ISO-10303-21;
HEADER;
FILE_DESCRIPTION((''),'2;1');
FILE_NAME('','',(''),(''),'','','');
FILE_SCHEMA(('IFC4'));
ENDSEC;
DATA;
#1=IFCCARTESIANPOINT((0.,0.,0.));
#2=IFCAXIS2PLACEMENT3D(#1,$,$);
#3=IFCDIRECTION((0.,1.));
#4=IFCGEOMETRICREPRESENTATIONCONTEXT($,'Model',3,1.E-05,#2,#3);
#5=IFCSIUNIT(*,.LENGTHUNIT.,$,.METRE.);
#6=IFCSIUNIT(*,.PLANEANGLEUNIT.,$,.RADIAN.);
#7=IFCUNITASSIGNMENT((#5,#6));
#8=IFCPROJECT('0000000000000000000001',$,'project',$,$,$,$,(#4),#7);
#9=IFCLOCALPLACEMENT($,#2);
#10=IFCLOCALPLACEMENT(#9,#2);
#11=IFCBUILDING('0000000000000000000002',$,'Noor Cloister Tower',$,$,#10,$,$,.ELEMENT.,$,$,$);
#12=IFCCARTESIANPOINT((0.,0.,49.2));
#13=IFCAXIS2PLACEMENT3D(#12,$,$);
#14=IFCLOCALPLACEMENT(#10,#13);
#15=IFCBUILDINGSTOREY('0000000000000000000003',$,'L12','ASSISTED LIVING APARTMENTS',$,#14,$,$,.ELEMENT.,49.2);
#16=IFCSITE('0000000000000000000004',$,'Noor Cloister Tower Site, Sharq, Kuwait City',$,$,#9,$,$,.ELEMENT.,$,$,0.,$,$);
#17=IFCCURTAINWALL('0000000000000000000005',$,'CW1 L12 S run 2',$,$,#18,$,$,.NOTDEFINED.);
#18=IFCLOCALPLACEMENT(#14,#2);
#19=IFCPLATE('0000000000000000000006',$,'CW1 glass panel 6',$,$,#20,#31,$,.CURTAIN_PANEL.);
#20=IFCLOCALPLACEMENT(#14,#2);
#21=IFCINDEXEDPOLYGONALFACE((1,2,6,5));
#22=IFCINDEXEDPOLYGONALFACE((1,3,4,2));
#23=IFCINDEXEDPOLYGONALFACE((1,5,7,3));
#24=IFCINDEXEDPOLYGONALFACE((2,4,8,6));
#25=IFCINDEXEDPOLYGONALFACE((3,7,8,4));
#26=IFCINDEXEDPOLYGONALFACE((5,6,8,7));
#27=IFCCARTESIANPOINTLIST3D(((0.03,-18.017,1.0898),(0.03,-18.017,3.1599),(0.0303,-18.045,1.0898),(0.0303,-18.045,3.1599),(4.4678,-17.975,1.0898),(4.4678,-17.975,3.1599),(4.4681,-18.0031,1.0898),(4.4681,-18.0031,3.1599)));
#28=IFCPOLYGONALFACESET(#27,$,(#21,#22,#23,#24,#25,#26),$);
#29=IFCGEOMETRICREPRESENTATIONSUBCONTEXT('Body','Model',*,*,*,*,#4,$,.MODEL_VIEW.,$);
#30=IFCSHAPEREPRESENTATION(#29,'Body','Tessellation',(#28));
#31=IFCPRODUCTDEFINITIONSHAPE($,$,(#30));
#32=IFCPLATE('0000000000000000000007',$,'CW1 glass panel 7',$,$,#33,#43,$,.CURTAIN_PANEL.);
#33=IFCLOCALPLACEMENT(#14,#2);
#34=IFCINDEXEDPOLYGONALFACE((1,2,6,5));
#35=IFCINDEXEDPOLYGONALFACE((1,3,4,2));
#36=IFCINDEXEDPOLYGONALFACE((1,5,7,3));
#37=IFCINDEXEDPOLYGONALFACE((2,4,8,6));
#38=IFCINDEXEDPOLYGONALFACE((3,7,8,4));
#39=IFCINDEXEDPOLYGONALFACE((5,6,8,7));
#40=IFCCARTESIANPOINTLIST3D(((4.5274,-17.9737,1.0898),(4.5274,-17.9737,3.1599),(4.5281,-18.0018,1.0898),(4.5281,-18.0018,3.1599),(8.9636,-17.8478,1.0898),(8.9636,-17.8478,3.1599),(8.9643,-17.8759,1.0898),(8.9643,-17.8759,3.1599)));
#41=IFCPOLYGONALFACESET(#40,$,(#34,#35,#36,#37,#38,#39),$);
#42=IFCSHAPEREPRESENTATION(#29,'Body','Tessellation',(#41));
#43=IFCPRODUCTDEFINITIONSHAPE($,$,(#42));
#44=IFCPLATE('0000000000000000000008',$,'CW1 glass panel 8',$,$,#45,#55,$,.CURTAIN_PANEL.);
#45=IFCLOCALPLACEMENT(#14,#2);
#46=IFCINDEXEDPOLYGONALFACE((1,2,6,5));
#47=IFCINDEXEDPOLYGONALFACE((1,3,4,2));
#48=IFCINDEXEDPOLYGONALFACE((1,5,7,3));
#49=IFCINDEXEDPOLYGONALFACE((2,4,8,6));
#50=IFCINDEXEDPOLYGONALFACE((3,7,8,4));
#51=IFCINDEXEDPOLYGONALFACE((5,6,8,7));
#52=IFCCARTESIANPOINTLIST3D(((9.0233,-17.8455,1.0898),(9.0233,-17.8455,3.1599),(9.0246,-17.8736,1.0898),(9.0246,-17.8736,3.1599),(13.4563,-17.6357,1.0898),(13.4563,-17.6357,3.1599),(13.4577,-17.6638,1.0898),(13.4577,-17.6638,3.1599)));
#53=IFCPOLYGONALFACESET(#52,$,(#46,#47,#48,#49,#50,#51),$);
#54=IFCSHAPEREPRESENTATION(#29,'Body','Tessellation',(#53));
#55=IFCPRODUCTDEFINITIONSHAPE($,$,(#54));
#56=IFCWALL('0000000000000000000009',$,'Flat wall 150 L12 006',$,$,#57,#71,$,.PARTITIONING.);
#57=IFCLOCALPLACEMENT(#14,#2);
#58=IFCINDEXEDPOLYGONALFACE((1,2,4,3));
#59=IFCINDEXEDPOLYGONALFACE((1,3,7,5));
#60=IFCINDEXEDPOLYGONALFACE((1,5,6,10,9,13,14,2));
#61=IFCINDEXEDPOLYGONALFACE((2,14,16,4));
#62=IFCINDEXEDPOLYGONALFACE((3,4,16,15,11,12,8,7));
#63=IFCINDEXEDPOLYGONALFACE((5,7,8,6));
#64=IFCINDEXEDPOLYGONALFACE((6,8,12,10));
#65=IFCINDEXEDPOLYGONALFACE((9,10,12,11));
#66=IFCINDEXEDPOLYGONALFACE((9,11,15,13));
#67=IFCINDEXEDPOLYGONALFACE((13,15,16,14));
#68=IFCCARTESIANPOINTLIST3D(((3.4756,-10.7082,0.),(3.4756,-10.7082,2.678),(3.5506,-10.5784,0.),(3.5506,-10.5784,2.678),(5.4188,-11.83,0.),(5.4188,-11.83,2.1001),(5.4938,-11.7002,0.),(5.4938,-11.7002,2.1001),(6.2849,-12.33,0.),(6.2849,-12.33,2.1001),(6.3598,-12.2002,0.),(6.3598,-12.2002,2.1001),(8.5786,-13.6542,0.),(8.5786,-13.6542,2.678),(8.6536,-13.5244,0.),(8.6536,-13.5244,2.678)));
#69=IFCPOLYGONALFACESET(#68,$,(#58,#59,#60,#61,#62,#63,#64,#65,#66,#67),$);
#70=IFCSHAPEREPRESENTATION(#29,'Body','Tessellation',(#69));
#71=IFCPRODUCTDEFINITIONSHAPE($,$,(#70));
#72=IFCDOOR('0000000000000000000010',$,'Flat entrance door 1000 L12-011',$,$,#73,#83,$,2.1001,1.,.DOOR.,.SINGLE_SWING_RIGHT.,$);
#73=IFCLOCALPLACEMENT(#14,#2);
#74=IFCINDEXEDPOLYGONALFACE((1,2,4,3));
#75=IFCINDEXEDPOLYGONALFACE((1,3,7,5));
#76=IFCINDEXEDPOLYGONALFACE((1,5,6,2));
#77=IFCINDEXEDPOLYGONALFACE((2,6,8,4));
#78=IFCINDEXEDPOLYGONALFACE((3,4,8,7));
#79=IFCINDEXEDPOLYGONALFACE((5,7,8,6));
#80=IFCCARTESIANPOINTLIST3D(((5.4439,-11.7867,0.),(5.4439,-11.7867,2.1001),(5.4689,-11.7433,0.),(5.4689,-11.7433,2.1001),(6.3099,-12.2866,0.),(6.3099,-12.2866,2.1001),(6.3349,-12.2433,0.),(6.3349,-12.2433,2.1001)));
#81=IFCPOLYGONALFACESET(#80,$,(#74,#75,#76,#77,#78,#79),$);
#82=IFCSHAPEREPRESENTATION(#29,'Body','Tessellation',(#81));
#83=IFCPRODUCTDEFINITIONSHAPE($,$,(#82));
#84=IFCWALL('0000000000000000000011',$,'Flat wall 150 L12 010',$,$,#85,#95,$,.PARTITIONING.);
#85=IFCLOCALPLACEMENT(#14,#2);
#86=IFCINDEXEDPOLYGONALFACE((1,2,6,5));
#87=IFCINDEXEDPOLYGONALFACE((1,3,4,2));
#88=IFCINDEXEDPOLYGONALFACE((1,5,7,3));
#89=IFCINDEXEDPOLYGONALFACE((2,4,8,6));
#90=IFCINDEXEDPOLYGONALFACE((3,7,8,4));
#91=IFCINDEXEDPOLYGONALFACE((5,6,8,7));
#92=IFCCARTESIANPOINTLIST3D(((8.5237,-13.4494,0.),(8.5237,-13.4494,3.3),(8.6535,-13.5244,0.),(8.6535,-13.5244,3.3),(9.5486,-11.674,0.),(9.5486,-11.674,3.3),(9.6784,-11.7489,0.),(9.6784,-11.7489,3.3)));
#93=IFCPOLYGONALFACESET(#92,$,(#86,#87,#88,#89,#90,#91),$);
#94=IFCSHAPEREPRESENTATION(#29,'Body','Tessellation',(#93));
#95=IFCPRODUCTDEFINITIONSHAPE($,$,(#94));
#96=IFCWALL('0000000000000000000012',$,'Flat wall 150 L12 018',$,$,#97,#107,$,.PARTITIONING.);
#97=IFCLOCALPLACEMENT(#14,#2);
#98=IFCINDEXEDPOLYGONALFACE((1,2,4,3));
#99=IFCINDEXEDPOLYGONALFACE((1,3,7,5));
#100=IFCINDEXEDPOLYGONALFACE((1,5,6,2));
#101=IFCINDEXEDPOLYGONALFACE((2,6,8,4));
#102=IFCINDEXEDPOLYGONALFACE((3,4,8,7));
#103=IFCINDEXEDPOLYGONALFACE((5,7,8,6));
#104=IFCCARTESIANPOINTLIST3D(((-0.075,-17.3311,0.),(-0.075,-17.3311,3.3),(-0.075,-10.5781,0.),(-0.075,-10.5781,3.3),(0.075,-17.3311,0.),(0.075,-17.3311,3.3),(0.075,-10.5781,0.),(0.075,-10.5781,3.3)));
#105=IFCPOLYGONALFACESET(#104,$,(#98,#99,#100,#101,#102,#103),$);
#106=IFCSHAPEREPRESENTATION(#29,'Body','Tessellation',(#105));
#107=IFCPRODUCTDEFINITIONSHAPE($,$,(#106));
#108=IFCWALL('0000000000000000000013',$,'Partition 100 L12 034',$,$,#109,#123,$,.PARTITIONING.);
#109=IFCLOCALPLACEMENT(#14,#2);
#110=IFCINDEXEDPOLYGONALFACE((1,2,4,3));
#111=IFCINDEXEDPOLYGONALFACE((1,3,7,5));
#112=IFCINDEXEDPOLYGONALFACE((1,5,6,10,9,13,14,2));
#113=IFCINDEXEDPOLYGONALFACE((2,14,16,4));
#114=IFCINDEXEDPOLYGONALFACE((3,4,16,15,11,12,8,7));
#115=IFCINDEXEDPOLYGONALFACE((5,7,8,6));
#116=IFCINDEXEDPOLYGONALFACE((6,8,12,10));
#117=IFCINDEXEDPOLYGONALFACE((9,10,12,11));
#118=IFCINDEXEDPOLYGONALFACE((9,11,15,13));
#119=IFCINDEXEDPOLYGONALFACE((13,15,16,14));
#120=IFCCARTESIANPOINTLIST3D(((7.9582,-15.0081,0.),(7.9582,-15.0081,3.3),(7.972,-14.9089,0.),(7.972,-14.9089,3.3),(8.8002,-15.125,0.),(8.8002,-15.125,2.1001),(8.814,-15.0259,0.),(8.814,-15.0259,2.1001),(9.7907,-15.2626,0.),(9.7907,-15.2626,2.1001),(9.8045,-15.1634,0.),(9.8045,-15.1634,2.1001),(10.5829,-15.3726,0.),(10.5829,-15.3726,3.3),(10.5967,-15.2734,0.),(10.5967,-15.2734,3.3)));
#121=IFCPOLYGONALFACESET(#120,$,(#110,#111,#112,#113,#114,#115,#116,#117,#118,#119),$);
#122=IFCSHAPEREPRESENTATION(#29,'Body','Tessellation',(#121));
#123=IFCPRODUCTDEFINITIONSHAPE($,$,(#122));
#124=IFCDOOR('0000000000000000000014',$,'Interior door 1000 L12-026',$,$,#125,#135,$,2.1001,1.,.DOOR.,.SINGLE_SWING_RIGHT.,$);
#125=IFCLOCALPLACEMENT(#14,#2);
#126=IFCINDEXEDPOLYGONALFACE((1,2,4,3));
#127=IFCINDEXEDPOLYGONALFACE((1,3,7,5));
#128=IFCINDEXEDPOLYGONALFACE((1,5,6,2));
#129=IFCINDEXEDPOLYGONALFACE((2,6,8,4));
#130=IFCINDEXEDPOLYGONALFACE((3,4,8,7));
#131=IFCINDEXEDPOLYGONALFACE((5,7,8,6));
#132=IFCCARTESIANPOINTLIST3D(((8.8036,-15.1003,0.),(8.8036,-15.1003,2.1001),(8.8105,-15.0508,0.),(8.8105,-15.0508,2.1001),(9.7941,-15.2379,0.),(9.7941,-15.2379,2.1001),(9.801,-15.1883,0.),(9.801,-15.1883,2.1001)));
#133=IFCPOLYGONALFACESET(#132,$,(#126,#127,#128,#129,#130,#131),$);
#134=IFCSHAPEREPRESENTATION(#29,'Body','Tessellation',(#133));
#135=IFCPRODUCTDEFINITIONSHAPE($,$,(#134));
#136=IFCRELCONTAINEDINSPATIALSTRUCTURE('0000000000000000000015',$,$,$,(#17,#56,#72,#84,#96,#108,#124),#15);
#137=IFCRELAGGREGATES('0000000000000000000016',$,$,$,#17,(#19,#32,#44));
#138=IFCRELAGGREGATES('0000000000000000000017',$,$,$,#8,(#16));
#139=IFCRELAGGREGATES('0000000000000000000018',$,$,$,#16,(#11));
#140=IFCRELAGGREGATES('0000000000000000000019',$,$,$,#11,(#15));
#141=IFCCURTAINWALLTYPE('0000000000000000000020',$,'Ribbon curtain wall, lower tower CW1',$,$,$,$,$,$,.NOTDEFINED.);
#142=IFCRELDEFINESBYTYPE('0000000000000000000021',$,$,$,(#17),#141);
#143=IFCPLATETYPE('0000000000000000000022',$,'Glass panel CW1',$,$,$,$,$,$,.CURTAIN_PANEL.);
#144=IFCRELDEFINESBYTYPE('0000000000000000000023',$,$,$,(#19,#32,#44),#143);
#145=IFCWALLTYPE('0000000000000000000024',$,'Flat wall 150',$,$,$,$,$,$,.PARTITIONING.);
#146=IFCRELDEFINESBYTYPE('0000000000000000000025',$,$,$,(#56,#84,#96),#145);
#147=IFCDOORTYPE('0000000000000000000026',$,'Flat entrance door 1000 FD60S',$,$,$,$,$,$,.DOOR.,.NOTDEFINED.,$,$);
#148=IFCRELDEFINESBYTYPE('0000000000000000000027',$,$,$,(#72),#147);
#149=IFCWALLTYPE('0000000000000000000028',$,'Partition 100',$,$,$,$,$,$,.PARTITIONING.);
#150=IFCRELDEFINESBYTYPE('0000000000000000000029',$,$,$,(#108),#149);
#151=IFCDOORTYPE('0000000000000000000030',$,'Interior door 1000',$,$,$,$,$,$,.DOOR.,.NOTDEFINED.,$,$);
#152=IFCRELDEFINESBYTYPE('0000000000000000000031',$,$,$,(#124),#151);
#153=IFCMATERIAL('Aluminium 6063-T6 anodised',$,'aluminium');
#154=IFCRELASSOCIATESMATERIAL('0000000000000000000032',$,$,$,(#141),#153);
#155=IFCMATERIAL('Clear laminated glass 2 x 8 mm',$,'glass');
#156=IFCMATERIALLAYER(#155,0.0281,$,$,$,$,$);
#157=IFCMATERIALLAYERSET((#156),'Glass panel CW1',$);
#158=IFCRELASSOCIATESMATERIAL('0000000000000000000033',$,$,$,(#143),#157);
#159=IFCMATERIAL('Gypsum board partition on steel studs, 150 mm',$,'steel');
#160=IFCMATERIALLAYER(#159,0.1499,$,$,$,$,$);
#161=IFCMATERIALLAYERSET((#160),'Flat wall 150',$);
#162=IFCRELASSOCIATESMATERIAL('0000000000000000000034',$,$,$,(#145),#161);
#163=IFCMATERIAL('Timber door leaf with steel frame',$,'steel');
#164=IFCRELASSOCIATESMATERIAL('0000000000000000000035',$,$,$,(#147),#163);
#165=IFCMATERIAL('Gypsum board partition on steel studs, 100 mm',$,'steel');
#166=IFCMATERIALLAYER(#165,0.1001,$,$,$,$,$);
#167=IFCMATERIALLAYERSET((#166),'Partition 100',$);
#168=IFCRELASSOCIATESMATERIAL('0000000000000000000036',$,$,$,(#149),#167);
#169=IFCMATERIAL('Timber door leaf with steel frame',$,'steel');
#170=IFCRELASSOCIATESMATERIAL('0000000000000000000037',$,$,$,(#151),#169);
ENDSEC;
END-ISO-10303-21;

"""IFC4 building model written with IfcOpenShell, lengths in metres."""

from ifc_helpers import new_model, si_unit, direction, frame, frame_2d, origin, origin_2d, place, context, subcontext, project, spatial, rectangle, extrude, material, layer, layer_set, type_object, element, fill, aggregate, save


model = new_model("IFC4")

# Units and contexts
model_context = context("Model", 3, precision=1e-05, world=origin(), true_north=direction((0.0, 1.0)))
body_context = subcontext(model_context, "Body", "Model", "MODEL_VIEW")
ifc_project = project(units=[si_unit("LENGTHUNIT", "METRE"), si_unit("PLANEANGLEUNIT", "RADIAN")], contexts=[model_context])

# Site, building, storey
site_placement = place(None, origin())
site = spatial("IfcSite", under=ifc_project, at=site_placement, Name="Noor Cloister Tower Site, Sharq, Kuwait City", CompositionType="ELEMENT", RefElevation=0.0)
building_placement = place(site_placement, origin())
building = spatial("IfcBuilding", under=site, at=building_placement, Name="Noor Cloister Tower", CompositionType="ELEMENT")
storey_placement = place(building_placement, frame((0.0, 0.0, 49.2)))
storey = spatial("IfcBuildingStorey", under=building, at=storey_placement, Name="L12", Description="ASSISTED LIVING APARTMENTS", CompositionType="ELEMENT", Elevation=49.2)

# Curtain wall
ifc_material_1 = material(Name="Aluminium 6063-T6 anodised", Category="aluminium")
curtain_wall_type = type_object("IfcCurtainWallType", Name="Ribbon curtain wall, lower tower CW1", PredefinedType="NOTDEFINED", material=ifc_material_1)
curtain_wall_placement = place(storey_placement, origin())
curtain_wall = element("IfcCurtainWall", 1, at=curtain_wall_placement, inside=storey, type_object=curtain_wall_type, Name="CW1 L12 S run 2", PredefinedType="NOTDEFINED")

# Plates
ifc_material_2 = material(Name="Clear laminated glass 2 x 8 mm", Category="glass")
ifc_layer_1 = layer(ifc_material_2, 0.0281)
ifc_layer_set_1 = layer_set([ifc_layer_1], Name="Glass panel CW1")
plate_type = type_object("IfcPlateType", Name="Glass panel CW1", PredefinedType="CURTAIN_PANEL", material=ifc_layer_set_1)
plate_1_placement = place(storey_placement, frame((2.249, -18.01, 1.0898), z_axis=(0.0, 0.0, 1.0), x_axis=(0.999955, 0.009458, 0.0)))
plate_1 = element("IfcPlate", 2, at=plate_1_placement, type_object=plate_type, Name="CW1 glass panel 6", PredefinedType="CURTAIN_PANEL", context=body_context, shape_type="SweptSolid", body=[
    extrude(rectangle(XDim=4.438, YDim=0.0281, at=origin_2d()), origin(), (0.0, 0.0, 1.0), 2.0701),
])
plate_2_placement = place(storey_placement, frame((6.7458, -17.9248, 1.0898), z_axis=(0.0, 0.0, 1.0), x_axis=(0.999597, 0.02837, 0.0)))
plate_2 = element("IfcPlate", 3, at=plate_2_placement, type_object=plate_type, Name="CW1 glass panel 7", PredefinedType="CURTAIN_PANEL", context=body_context, shape_type="SweptSolid", body=[
    extrude(rectangle(XDim=4.438, YDim=0.0281, at=origin_2d()), origin(), (0.0, 0.0, 1.0), 2.0701),
])
plate_3_placement = place(storey_placement, frame((11.2405, -17.7546, 1.0898), z_axis=(0.0, 0.0, 1.0), x_axis=(0.998882, 0.047272, 0.0)))
plate_3 = element("IfcPlate", 4, at=plate_3_placement, type_object=plate_type, Name="CW1 glass panel 8", PredefinedType="CURTAIN_PANEL", context=body_context, shape_type="SweptSolid", body=[
    extrude(rectangle(XDim=4.438, YDim=0.0281, at=origin_2d()), origin(), (0.0, 0.0, 1.0), 2.0701),
])
aggregate(curtain_wall, [plate_1, plate_2, plate_3])

# Wall, opening, door
ifc_material_3 = material(Name="Gypsum board partition on steel studs, 150 mm", Category="steel")
ifc_layer_2 = layer(ifc_material_3, 0.1499)
ifc_layer_set_2 = layer_set([ifc_layer_2], Name="Flat wall 150")
wall_type_1 = type_object("IfcWallType", Name="Flat wall 150", PredefinedType="PARTITIONING", material=ifc_layer_set_2)
wall_1_placement = place(storey_placement, frame((8.6162, -13.5894, 0.0), z_axis=(0.0, 0.0, 1.0), x_axis=(-0.866039, 0.499976, 0.0)))
wall_1 = element("IfcWall", 5, at=wall_1_placement, inside=storey, type_object=wall_type_1, Name="Flat wall 150 L12 006", PredefinedType="PARTITIONING", context=body_context, shape_type="SweptSolid", body=[
    extrude(rectangle(XDim=5.8923, YDim=0.1499, at=frame_2d((2.9463, 0.0))), origin(), (0.0, 0.0, 1.0), 2.678),
])
opening_1_placement = place(wall_1_placement, frame((2.6487, 0.0, 0.0)))
opening_1 = element("IfcOpeningElement", 6, at=opening_1_placement, cuts=wall_1, PredefinedType="OPENING", context=body_context, shape_type="SweptSolid", body=[
    extrude(rectangle(XDim=1.0, YDim=2.1001, at=frame_2d((0.5, 1.05))), frame((0.0, 0.085, 0.0), z_axis=(0.0, -1.0, 0.0), x_axis=(1.0, 0.0, 0.0)), (0.0, 0.0, 1.0), 0.1699),
])
ifc_material_4 = material(Name="Timber door leaf with steel frame", Category="steel")
door_type_1 = type_object("IfcDoorType", Name="Flat entrance door 1000 FD60S", OperationType="NOTDEFINED", PredefinedType="DOOR", material=ifc_material_4)
door_1_placement = place(opening_1_placement, origin())
door_1 = element("IfcDoor", 7, at=door_1_placement, inside=storey, type_object=door_type_1, Name="Flat entrance door 1000 L12-011", OperationType="SINGLE_SWING_RIGHT", OverallHeight=2.1001, OverallWidth=1.0, PredefinedType="DOOR", context=body_context, shape_type="SweptSolid", body=[
    extrude(rectangle(XDim=1.0, YDim=2.1001, at=frame_2d((0.5, 1.05))), frame((0.0, 0.0249, 0.0), z_axis=(0.0, -1.0, 0.0), x_axis=(1.0, 0.0, 0.0)), (0.0, 0.0, 1.0), 0.05),
])
fill(opening_1, door_1)

# Walls
wall_2_placement = place(storey_placement, frame((8.5886, -13.4868, 0.0), z_axis=(0.0, 0.0, 1.0), x_axis=(0.499956, 0.866051, 0.0)))
element("IfcWall", 8, at=wall_2_placement, inside=storey, type_object=wall_type_1, Name="Flat wall 150 L12 010", PredefinedType="PARTITIONING", context=body_context, shape_type="SweptSolid", body=[
    extrude(rectangle(XDim=2.05, YDim=0.1499, at=frame_2d((1.0249, 0.0))), origin(), (0.0, 0.0, 1.0), 3.3),
])
wall_3_placement = place(storey_placement, frame((0.0, -17.3311, 0.0), z_axis=(0.0, 0.0, 1.0), x_axis=(0.0, 1.0, 0.0)))
element("IfcWall", 9, at=wall_3_placement, inside=storey, type_object=wall_type_1, Name="Flat wall 150 L12 018", PredefinedType="PARTITIONING", context=body_context, shape_type="SweptSolid", body=[
    extrude(rectangle(XDim=6.7529, YDim=0.1499, at=frame_2d((3.3765, 0.0))), origin(), (0.0, 0.0, 1.0), 3.3),
])

# Wall, opening, door
ifc_material_5 = material(Name="Gypsum board partition on steel studs, 100 mm", Category="steel")
ifc_layer_3 = layer(ifc_material_5, 0.1001)
ifc_layer_set_3 = layer_set([ifc_layer_3], Name="Partition 100")
wall_type_2 = type_object("IfcWallType", Name="Partition 100", PredefinedType="PARTITIONING", material=ifc_layer_set_3)
wall_4_placement = place(storey_placement, frame((7.9651, -14.9585, 0.0), z_axis=(0.0, 0.0, 1.0), x_axis=(0.990495, -0.137551, 0.0)))
wall_4 = element("IfcWall", 10, at=wall_4_placement, inside=storey, type_object=wall_type_2, Name="Partition 100 L12 034", PredefinedType="PARTITIONING", context=body_context, shape_type="SweptSolid", body=[
    extrude(rectangle(XDim=2.6499, YDim=0.1001, at=frame_2d((1.325, 0.0))), origin(), (0.0, 0.0, 1.0), 3.3),
])
opening_2_placement = place(wall_4_placement, frame((0.8501, 0.0, 0.0)))
opening_2 = element("IfcOpeningElement", 11, at=opening_2_placement, cuts=wall_4, PredefinedType="OPENING", context=body_context, shape_type="SweptSolid", body=[
    extrude(rectangle(XDim=1.0, YDim=2.1001, at=frame_2d((0.5, 1.05))), frame((0.0, 0.0601, 0.0), z_axis=(0.0, -1.0, 0.0), x_axis=(1.0, 0.0, 0.0)), (0.0, 0.0, 1.0), 0.1201),
])
ifc_material_6 = material(Name="Timber door leaf with steel frame", Category="steel")
door_type_2 = type_object("IfcDoorType", Name="Interior door 1000", OperationType="NOTDEFINED", PredefinedType="DOOR", material=ifc_material_6)
door_2_placement = place(opening_2_placement, origin())
door_2 = element("IfcDoor", 12, at=door_2_placement, inside=storey, type_object=door_type_2, Name="Interior door 1000 L12-026", OperationType="SINGLE_SWING_RIGHT", OverallHeight=2.1001, OverallWidth=1.0, PredefinedType="DOOR", context=body_context, shape_type="SweptSolid", body=[
    extrude(rectangle(XDim=1.0, YDim=2.1001, at=frame_2d((0.5, 1.05))), frame((0.0, 0.0249, 0.0), z_axis=(0.0, -1.0, 0.0), x_axis=(1.0, 0.0, 0.0)), (0.0, 0.0, 1.0), 0.05),
])
fill(opening_2, door_2)

save(model, "model.ifc")
